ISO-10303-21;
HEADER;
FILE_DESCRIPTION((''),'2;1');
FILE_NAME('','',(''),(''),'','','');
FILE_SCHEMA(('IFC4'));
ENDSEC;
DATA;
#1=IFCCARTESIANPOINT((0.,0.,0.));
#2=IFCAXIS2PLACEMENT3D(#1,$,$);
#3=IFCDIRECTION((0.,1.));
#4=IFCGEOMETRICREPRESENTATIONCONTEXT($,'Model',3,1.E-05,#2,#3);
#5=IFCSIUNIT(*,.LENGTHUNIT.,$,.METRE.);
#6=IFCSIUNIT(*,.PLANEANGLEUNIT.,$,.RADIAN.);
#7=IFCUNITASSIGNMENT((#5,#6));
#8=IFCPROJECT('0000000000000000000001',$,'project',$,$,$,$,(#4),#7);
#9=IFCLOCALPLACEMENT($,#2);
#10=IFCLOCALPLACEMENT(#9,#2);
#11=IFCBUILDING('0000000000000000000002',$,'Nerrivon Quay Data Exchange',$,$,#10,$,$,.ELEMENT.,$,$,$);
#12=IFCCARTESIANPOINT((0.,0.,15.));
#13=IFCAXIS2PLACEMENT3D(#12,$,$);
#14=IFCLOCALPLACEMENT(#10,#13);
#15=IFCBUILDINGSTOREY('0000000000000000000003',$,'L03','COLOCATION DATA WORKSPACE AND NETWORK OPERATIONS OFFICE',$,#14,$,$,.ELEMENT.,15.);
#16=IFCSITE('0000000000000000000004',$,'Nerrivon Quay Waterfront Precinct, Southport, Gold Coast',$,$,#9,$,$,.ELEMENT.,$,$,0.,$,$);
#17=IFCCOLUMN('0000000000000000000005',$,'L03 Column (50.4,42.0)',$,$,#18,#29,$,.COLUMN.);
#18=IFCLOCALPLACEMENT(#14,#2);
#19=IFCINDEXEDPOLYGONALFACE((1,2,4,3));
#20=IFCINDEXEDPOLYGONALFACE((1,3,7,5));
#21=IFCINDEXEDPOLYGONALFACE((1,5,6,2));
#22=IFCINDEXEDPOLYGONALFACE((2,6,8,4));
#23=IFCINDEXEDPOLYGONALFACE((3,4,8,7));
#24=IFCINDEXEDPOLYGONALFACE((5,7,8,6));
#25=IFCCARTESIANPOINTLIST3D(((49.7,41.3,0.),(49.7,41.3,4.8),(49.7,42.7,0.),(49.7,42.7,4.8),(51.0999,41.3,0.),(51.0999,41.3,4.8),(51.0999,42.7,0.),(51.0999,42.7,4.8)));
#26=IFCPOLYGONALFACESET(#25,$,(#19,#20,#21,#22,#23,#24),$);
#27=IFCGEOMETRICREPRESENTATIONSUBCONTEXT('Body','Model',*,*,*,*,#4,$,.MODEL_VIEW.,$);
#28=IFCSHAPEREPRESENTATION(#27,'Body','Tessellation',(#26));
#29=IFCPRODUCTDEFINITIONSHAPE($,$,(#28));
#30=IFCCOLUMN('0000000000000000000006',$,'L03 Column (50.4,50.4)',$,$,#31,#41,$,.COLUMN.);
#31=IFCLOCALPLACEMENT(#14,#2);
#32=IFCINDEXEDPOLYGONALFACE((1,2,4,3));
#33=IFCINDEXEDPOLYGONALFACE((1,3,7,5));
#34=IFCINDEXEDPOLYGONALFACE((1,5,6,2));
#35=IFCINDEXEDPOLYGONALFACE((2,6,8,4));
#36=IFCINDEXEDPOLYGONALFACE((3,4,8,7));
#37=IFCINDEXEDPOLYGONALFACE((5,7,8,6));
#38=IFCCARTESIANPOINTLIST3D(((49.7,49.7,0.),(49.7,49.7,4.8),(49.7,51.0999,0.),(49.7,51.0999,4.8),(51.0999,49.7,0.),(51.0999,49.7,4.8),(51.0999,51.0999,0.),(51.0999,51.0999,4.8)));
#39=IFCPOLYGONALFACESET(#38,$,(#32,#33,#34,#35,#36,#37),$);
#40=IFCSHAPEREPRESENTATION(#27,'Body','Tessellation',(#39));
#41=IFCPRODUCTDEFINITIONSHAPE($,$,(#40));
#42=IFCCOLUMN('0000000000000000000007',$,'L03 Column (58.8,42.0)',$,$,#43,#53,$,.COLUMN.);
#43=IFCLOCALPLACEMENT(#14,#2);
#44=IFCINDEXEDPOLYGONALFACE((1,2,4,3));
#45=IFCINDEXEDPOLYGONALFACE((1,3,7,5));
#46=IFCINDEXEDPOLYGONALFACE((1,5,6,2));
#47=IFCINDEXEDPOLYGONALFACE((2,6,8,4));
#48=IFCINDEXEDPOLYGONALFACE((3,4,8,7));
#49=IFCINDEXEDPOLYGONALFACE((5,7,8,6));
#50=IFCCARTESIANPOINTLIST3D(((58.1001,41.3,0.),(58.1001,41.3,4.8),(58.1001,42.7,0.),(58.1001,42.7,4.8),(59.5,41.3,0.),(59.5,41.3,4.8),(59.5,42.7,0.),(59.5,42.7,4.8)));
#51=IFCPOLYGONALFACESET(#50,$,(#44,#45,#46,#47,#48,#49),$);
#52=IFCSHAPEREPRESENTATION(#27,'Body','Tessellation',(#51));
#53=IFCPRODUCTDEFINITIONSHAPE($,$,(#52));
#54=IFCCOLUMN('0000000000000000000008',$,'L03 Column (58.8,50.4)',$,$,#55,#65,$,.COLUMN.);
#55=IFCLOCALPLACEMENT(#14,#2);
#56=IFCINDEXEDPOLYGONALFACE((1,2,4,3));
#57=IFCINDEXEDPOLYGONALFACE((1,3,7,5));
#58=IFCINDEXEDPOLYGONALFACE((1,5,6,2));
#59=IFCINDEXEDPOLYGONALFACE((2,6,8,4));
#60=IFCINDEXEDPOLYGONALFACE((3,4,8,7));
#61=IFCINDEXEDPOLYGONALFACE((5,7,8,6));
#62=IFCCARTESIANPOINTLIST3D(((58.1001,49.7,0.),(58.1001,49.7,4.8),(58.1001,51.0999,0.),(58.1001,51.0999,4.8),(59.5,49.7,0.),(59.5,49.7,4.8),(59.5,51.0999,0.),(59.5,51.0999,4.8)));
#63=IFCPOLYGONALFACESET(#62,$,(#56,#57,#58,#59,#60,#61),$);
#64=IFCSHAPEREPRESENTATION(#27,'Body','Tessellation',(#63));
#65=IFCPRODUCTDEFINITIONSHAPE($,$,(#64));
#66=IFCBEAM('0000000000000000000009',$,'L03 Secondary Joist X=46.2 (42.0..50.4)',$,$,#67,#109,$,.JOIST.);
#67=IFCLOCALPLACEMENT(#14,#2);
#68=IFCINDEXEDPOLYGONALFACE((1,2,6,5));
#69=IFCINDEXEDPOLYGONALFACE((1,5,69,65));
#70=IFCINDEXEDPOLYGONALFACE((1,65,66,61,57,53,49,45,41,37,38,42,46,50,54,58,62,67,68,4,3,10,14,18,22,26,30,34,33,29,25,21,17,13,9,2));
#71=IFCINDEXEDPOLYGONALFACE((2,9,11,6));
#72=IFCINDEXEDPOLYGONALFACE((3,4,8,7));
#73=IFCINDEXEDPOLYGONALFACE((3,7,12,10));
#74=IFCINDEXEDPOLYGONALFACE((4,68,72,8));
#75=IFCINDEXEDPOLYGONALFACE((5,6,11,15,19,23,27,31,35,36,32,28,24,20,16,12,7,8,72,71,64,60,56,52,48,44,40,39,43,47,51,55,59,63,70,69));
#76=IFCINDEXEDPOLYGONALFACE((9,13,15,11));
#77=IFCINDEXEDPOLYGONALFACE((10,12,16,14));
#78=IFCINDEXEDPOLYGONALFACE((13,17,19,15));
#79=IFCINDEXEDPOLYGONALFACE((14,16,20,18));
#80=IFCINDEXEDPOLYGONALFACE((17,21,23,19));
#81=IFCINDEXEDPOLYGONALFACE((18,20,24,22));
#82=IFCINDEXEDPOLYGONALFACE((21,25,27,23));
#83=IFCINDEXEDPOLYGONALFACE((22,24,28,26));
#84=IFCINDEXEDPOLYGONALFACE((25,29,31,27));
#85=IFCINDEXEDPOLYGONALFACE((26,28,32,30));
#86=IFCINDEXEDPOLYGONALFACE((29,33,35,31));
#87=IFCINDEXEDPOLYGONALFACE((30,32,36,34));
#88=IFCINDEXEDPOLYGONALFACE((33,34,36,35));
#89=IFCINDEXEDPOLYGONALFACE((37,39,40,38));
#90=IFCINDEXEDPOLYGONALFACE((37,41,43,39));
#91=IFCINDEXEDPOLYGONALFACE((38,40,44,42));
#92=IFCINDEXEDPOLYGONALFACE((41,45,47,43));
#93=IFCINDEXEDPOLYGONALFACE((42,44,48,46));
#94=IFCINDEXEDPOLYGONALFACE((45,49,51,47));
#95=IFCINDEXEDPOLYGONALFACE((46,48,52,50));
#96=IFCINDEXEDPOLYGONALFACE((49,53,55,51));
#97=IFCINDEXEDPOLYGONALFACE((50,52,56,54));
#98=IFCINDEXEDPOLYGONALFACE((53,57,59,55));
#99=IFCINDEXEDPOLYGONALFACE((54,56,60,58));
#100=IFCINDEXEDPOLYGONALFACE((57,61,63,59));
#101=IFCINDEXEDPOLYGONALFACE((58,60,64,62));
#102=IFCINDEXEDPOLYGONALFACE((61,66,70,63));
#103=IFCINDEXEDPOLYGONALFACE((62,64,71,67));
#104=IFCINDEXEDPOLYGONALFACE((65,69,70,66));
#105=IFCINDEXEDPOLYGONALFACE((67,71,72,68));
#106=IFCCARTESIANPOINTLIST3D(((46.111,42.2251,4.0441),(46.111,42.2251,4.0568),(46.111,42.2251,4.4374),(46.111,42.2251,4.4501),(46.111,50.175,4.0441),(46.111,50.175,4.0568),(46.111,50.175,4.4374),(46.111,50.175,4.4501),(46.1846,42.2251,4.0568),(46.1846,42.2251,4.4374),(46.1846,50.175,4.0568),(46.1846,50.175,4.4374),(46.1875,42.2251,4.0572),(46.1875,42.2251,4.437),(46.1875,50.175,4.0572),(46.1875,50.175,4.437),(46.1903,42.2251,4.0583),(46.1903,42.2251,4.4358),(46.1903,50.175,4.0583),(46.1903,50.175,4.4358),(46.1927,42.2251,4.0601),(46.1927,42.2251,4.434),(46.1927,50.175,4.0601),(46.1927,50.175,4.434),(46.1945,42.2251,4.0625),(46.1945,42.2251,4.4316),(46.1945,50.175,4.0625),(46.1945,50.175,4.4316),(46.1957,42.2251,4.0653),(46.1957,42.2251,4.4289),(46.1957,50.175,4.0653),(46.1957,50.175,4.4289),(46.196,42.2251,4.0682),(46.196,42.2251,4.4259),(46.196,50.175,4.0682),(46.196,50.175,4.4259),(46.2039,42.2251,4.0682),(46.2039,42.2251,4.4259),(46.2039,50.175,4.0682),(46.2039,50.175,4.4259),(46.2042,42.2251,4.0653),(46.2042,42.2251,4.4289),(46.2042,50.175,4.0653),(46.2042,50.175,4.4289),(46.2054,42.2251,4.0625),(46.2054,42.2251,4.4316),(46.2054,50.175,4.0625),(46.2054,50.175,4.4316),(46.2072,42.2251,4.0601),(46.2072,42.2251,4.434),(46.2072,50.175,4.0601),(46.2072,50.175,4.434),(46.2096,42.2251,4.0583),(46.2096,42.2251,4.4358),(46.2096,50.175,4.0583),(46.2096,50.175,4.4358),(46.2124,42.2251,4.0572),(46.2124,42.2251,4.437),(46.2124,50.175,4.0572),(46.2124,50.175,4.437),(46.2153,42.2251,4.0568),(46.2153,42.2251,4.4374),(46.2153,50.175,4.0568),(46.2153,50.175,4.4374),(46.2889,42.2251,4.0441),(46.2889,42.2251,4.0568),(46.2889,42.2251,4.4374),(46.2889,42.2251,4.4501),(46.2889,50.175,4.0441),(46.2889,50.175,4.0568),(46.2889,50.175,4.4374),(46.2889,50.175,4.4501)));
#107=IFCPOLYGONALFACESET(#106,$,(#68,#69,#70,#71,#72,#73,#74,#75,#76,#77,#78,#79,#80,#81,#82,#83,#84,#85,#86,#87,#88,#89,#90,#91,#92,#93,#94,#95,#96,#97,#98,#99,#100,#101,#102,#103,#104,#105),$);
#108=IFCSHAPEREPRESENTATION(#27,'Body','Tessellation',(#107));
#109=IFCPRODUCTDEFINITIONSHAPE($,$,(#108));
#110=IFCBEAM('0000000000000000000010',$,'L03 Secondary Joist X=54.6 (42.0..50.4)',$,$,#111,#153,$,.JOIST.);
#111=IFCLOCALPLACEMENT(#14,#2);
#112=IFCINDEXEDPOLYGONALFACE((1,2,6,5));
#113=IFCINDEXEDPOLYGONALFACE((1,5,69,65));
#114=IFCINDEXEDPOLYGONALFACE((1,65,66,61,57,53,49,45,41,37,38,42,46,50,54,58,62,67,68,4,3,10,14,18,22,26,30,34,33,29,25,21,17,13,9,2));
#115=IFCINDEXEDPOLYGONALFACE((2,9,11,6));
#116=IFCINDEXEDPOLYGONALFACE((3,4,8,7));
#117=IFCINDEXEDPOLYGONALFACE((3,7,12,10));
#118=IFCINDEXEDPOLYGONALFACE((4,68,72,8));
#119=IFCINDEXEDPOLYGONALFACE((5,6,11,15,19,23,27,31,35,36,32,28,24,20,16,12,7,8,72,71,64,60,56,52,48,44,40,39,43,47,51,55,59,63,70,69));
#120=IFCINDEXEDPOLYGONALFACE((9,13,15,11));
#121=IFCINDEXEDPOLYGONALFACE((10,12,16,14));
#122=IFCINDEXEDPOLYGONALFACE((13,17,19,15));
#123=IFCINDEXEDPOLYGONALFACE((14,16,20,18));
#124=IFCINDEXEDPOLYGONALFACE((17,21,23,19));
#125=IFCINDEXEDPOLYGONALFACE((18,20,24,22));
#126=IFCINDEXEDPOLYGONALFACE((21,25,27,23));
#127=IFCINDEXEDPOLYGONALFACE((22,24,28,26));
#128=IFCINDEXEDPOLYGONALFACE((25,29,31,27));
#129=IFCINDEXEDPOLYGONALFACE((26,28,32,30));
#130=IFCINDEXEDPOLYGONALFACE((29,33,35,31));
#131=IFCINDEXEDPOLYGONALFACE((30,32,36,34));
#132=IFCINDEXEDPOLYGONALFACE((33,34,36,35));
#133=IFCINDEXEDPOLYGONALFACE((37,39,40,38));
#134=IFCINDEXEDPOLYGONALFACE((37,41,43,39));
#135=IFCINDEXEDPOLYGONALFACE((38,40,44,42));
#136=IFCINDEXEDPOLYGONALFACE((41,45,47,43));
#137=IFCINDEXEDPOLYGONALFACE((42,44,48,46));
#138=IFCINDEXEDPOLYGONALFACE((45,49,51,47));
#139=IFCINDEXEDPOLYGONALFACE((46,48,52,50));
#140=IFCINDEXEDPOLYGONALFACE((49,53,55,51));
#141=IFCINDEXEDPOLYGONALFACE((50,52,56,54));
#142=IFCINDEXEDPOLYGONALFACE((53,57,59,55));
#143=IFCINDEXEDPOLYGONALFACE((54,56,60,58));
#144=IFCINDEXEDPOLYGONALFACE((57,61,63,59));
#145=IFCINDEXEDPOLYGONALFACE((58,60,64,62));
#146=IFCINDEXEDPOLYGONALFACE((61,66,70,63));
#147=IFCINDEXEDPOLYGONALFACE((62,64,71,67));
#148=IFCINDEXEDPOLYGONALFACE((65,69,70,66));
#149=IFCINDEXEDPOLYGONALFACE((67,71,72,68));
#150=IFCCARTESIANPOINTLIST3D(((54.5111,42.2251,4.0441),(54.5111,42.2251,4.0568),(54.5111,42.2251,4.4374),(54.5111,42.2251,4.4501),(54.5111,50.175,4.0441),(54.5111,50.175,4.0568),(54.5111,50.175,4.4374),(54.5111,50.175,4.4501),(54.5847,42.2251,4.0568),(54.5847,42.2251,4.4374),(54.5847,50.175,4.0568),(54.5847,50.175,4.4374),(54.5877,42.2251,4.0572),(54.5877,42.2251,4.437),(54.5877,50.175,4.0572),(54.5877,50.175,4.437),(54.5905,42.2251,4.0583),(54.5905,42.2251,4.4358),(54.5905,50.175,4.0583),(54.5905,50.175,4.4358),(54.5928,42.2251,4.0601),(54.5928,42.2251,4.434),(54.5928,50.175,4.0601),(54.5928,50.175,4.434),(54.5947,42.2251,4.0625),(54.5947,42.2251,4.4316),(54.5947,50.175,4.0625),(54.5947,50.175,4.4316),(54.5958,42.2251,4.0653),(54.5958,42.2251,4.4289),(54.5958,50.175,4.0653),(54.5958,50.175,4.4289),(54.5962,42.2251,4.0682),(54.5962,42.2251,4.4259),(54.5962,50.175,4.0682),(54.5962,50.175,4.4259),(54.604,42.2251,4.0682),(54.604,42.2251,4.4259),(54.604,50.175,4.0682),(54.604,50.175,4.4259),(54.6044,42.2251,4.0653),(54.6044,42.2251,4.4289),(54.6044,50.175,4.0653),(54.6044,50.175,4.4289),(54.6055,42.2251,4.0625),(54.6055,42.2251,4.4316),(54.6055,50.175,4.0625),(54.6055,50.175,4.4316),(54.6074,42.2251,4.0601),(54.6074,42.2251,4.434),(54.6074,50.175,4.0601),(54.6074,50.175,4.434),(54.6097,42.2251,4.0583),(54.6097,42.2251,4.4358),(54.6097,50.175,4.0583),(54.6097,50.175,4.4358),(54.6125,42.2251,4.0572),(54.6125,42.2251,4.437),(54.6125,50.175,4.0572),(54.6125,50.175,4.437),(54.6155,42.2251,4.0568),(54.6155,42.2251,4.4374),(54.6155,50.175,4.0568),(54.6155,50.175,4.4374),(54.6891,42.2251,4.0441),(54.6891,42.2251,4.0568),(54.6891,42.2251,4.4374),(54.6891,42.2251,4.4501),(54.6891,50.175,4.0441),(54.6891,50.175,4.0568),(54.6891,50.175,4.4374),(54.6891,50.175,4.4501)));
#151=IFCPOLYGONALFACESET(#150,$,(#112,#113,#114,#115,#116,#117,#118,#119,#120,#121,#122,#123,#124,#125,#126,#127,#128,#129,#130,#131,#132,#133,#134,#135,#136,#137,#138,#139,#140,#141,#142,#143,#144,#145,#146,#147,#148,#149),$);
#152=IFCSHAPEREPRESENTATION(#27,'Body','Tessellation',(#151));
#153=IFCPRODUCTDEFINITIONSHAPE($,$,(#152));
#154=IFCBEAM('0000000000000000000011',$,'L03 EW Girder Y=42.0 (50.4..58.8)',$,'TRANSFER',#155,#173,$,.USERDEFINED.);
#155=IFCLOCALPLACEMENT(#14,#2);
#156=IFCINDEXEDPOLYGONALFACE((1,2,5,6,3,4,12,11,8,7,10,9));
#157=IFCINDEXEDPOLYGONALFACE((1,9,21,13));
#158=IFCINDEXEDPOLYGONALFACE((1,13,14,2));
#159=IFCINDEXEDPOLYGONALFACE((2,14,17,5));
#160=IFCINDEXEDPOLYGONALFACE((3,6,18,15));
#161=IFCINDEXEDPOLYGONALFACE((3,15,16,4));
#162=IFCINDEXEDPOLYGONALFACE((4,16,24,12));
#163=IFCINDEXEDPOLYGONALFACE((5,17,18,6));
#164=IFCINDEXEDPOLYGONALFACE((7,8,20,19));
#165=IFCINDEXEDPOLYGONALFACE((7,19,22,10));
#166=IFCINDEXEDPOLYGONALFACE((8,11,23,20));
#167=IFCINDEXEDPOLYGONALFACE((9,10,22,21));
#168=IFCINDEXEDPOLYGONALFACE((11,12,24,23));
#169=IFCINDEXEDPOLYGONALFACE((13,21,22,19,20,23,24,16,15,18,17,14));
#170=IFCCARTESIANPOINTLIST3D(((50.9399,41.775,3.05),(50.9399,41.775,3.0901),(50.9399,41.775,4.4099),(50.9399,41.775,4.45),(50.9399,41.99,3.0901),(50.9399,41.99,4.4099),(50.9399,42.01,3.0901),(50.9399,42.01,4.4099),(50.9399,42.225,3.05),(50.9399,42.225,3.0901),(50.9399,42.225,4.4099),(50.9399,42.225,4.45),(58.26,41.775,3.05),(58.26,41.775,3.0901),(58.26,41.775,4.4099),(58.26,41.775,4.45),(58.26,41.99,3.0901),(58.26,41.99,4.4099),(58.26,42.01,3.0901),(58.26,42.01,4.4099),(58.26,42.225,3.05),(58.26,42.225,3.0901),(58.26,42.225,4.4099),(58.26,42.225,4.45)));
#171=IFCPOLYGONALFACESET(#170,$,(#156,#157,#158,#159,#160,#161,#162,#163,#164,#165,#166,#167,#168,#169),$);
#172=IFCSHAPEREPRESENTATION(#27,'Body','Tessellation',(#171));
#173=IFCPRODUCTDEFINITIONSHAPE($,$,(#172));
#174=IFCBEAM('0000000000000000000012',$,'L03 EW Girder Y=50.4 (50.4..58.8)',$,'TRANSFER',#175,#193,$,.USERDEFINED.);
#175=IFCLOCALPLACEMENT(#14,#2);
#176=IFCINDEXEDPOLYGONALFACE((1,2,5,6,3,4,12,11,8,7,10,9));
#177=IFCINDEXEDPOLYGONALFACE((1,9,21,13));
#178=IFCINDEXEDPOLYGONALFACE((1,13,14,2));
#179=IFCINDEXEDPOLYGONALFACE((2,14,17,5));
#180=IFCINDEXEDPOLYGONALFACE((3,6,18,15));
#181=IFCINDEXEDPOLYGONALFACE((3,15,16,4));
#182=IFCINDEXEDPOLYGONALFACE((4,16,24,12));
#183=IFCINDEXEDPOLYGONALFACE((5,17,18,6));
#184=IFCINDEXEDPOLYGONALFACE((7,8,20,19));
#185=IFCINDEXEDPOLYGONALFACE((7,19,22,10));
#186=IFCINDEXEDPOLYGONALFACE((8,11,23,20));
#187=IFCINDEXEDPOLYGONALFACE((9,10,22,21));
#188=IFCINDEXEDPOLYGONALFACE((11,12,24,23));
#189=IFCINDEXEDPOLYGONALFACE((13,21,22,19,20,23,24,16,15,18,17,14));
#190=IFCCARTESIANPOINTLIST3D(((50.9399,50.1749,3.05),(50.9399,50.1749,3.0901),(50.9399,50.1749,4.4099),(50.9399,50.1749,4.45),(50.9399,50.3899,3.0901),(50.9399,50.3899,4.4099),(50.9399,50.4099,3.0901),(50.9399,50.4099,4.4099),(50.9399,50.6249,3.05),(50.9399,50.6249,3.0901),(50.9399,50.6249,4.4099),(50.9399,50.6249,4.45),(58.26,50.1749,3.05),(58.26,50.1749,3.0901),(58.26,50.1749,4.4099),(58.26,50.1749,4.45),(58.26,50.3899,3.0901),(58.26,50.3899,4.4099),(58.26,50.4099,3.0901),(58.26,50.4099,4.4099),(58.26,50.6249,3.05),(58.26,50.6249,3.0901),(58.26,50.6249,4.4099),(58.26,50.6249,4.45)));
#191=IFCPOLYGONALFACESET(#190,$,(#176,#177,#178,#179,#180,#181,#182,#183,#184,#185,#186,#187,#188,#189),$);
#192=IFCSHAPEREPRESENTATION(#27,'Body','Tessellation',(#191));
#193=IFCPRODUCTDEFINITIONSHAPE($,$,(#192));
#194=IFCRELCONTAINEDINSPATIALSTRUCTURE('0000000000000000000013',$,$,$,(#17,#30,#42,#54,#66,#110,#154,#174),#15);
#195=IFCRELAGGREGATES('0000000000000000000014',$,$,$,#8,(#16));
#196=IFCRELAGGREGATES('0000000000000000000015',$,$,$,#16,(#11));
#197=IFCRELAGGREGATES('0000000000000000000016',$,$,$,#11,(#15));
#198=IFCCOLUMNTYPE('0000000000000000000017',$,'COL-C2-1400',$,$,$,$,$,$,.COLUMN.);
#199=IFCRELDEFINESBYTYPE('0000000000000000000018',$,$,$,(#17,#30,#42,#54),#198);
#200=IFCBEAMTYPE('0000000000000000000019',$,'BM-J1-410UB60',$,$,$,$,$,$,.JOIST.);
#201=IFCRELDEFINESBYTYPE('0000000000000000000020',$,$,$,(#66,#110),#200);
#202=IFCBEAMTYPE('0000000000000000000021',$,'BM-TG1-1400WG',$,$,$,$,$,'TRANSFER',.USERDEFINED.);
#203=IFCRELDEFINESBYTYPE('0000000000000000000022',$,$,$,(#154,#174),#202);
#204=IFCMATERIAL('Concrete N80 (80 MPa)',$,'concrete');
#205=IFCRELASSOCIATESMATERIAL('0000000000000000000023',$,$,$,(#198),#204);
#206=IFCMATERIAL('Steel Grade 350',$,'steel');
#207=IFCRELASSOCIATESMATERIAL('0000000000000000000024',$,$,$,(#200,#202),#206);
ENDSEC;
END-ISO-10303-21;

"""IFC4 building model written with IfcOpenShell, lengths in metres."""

from ifc_helpers import new_model, si_unit, direction, frame, origin, origin_2d, place, context, subcontext, project, spatial, rectangle, i_section, extrude, material, material_profile, profile_set, type_object, element, save


model = new_model("IFC4")

# Units and contexts
model_context = context("Model", 3, precision=1e-05, world=origin(), true_north=direction((0.0, 1.0)))
body_context = subcontext(model_context, "Body", "Model", "MODEL_VIEW")
ifc_project = project(units=[si_unit("LENGTHUNIT", "METRE"), si_unit("PLANEANGLEUNIT", "RADIAN")], contexts=[model_context])

# Site, building, storey
site_placement = place(None, origin())
site = spatial("IfcSite", under=ifc_project, at=site_placement, Name="Nerrivon Quay Waterfront Precinct, Southport, Gold Coast", CompositionType="ELEMENT", RefElevation=0.0)
building_placement = place(site_placement, origin())
building = spatial("IfcBuilding", under=site, at=building_placement, Name="Nerrivon Quay Data Exchange", CompositionType="ELEMENT")
storey_placement = place(building_placement, frame((0.0, 0.0, 15.0)))
storey = spatial("IfcBuildingStorey", under=building, at=storey_placement, Name="L03", Description="COLOCATION DATA WORKSPACE AND NETWORK OPERATIONS OFFICE", CompositionType="ELEMENT", Elevation=15.0)

# Columns
ifc_material_1 = material(Name="Concrete N80 (80 MPa)", Category="concrete")
ifc_material_profile_1 = material_profile(ifc_material_1, rectangle(XDim=1.3999, YDim=1.3999, at=origin_2d()), Name="RC-COL-1400x1400")
ifc_profile_set_1 = profile_set([ifc_material_profile_1], Name="Concrete N80 (80 MPa)")
column_type = type_object("IfcColumnType", Name="COL-C2-1400", PredefinedType="COLUMN", material=ifc_profile_set_1)
for number, where, z_axis, x_axis, name in (
    (1, (50.3999, 42.0, 0.0), (0.0, 0.0, 1.0), (1.0, 0.0, 0.0), "L03 Column (50.4,42.0)"),
    (2, (50.3999, 50.3999, 0.0), (0.0, 0.0, 1.0), (1.0, 0.0, 0.0), "L03 Column (50.4,50.4)"),
    (3, (58.8, 42.0, 0.0), (0.0, 0.0, 1.0), (1.0, 0.0, 0.0), "L03 Column (58.8,42.0)"),
    (4, (58.8, 50.3999, 0.0), (0.0, 0.0, 1.0), (1.0, 0.0, 0.0), "L03 Column (58.8,50.4)"),
):
    element("IfcColumn", number, at=place(storey_placement, frame(where, z_axis=z_axis, x_axis=x_axis)), inside=storey, type_object=column_type, Name=name, PredefinedType="COLUMN", context=body_context, shape_type="SweptSolid", body=[
        extrude(rectangle(XDim=1.3999, YDim=1.3999, at=origin_2d()), origin(), (0.0, 0.0, 1.0), 4.8),
    ])

# Beams
ifc_material_2 = material(Name="Steel Grade 350", Category="steel")
ifc_material_profile_2 = material_profile(ifc_material_2, i_section(OverallWidth=0.178, OverallDepth=0.406, WebThickness=0.0078, FlangeThickness=0.0127, FilletRadius=0.0115, at=origin_2d()), Name="410UB59.7")
ifc_profile_set_2 = profile_set([ifc_material_profile_2], Name="Steel Grade 350")
beam_type_1 = type_object("IfcBeamType", Name="BM-J1-410UB60", PredefinedType="JOIST", material=ifc_profile_set_2)
for number, where, z_axis, x_axis, name in (
    (5, (46.2, 42.2251, 4.2471), (0.0, 1.0, 0.0), (-1.0, 0.0, 0.0), "L03 Secondary Joist X=46.2 (42.0..50.4)"),
    (6, (54.6001, 42.2251, 4.2471), (0.0, 1.0, 0.0), (-1.0, 0.0, 0.0), "L03 Secondary Joist X=54.6 (42.0..50.4)"),
):
    element("IfcBeam", number, at=place(storey_placement, frame(where, z_axis=z_axis, x_axis=x_axis)), inside=storey, type_object=beam_type_1, Name=name, PredefinedType="JOIST", context=body_context, shape_type="SweptSolid", body=[
        extrude(i_section(OverallWidth=0.178, OverallDepth=0.406, WebThickness=0.0078, FlangeThickness=0.0127, FilletRadius=0.0115, at=origin_2d()), origin(), (0.0, 0.0, 1.0), 7.95),
    ])
ifc_material_profile_3 = material_profile(ifc_material_2, i_section(OverallWidth=0.45, OverallDepth=1.3999, WebThickness=0.02, FlangeThickness=0.04, at=origin_2d()), Name="1400WG455")
ifc_profile_set_3 = profile_set([ifc_material_profile_3], Name="Steel Grade 350")
beam_type_2 = type_object("IfcBeamType", Name="BM-TG1-1400WG", ElementType="TRANSFER", PredefinedType="USERDEFINED", material=ifc_profile_set_3)
for number, where, z_axis, x_axis, name in (
    (7, (50.9399, 42.0, 3.75), (1.0, 0.0, 0.0), (0.0, 1.0, 0.0), "L03 EW Girder Y=42.0 (50.4..58.8)"),
    (8, (50.9399, 50.3999, 3.75), (1.0, 0.0, 0.0), (0.0, 1.0, 0.0), "L03 EW Girder Y=50.4 (50.4..58.8)"),
):
    element("IfcBeam", number, at=place(storey_placement, frame(where, z_axis=z_axis, x_axis=x_axis)), inside=storey, type_object=beam_type_2, Name=name, ObjectType="TRANSFER", PredefinedType="USERDEFINED", context=body_context, shape_type="SweptSolid", body=[
        extrude(i_section(OverallWidth=0.45, OverallDepth=1.3999, WebThickness=0.02, FlangeThickness=0.04, at=origin_2d()), origin(), (0.0, 0.0, 1.0), 7.3201),
    ])

save(model, "model.ifc")
